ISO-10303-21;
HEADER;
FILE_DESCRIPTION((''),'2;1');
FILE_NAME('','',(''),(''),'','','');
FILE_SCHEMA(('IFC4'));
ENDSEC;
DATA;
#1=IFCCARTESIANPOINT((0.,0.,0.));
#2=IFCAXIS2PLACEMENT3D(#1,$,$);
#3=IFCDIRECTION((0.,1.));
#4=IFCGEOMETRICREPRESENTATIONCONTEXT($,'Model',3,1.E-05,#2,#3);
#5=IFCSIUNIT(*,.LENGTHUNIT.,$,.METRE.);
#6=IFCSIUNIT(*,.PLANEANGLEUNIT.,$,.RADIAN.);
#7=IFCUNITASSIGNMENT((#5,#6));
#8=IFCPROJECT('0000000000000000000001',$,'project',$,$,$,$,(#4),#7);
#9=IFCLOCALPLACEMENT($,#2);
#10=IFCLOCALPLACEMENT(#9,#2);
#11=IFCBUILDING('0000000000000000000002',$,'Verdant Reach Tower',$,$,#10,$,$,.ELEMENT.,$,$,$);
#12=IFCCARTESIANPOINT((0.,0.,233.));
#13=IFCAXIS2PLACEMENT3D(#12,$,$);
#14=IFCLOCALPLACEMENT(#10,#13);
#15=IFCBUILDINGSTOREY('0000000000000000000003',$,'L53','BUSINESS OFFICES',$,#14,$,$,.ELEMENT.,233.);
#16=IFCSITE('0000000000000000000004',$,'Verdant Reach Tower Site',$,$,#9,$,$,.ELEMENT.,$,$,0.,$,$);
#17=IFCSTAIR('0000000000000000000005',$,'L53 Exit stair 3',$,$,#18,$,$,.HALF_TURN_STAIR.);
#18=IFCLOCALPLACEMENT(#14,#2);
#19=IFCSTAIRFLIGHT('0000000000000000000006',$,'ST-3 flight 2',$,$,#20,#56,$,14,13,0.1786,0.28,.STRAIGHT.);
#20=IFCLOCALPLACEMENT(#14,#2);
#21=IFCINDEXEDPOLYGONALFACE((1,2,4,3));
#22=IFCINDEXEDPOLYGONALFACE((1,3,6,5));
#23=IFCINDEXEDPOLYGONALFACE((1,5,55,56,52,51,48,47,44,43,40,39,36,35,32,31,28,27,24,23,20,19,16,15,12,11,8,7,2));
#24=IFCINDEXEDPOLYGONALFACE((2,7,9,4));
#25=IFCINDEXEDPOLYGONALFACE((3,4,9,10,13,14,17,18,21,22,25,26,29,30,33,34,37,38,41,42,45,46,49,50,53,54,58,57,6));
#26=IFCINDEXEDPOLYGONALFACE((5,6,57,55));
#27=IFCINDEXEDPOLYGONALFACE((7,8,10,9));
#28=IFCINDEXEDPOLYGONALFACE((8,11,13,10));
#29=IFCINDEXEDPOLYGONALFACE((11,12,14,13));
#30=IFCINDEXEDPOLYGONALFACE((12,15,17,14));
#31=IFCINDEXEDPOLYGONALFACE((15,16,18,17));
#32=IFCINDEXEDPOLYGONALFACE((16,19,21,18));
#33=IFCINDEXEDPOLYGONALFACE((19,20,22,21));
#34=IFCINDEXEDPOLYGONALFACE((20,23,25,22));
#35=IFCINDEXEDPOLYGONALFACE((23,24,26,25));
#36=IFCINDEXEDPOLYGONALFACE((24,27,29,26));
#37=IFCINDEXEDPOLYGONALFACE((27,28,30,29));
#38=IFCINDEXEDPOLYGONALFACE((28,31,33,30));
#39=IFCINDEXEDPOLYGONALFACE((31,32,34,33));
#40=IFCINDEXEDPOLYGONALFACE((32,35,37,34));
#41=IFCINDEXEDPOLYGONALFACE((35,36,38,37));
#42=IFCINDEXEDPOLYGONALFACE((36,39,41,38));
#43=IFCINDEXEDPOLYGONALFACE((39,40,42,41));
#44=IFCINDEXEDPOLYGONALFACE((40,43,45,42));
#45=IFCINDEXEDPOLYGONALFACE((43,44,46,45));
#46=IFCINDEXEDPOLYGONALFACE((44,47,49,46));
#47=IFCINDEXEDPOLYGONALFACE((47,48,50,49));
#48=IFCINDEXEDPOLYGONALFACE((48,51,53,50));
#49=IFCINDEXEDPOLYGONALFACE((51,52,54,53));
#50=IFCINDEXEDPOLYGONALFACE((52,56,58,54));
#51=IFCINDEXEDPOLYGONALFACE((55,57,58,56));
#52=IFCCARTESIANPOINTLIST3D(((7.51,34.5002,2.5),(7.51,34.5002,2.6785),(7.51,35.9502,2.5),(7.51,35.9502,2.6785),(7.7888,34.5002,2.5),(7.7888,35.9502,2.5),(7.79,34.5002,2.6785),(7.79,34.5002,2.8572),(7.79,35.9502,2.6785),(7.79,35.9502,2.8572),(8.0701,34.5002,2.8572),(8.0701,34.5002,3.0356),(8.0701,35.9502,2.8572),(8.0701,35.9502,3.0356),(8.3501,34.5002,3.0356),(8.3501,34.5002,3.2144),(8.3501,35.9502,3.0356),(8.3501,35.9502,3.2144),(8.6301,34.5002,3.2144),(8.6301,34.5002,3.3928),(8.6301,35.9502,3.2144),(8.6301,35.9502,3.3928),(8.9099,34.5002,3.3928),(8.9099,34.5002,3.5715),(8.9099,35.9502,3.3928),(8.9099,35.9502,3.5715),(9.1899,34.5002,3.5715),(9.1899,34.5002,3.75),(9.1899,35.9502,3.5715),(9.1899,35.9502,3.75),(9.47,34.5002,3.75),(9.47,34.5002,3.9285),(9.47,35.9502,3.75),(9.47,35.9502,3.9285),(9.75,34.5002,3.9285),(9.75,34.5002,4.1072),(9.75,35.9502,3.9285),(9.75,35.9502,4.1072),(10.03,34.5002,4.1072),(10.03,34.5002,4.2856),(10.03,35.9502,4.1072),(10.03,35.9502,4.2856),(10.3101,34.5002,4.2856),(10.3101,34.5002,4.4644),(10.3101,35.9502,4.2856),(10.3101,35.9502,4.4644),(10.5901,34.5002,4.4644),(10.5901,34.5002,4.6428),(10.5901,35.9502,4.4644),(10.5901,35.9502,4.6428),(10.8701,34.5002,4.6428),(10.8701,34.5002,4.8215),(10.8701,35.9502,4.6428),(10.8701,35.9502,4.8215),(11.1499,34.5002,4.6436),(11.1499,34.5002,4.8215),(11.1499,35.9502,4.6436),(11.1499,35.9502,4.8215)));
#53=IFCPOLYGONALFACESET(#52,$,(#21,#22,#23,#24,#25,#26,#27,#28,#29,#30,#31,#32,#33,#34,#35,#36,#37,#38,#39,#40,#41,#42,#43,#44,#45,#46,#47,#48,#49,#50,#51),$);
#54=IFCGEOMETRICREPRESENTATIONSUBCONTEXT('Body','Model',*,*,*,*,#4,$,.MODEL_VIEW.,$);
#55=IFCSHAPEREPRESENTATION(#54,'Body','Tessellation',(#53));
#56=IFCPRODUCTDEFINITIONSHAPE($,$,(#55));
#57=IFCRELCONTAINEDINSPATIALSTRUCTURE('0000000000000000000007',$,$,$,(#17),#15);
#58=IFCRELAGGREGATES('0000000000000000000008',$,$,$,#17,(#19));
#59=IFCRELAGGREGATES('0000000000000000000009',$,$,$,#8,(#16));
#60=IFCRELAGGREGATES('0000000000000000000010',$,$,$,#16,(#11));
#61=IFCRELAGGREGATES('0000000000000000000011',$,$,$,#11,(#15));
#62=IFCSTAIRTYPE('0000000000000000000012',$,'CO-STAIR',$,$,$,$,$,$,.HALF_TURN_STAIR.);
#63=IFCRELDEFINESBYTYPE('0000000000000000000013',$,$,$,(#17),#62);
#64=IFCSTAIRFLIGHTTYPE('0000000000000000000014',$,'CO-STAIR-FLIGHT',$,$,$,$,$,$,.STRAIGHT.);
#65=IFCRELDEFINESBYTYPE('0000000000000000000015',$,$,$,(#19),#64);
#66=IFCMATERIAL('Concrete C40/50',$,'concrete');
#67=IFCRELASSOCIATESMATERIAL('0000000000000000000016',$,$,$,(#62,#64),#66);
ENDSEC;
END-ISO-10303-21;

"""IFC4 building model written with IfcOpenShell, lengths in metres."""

from ifc_helpers import new_model, si_unit, direction, frame, origin, place, context, subcontext, project, spatial, polyline, outline, extrude, material, type_object, element, aggregate, save


model = new_model("IFC4")

# Units and contexts
model_context = context("Model", 3, precision=1e-05, world=origin(), true_north=direction((0.0, 1.0)))
body_context = subcontext(model_context, "Body", "Model", "MODEL_VIEW")
ifc_project = project(units=[si_unit("LENGTHUNIT", "METRE"), si_unit("PLANEANGLEUNIT", "RADIAN")], contexts=[model_context])

# Site, building, storey
site_placement = place(None, origin())
site = spatial("IfcSite", under=ifc_project, at=site_placement, Name="Verdant Reach Tower Site", CompositionType="ELEMENT", RefElevation=0.0)
building_placement = place(site_placement, origin())
building = spatial("IfcBuilding", under=site, at=building_placement, Name="Verdant Reach Tower", CompositionType="ELEMENT")
storey_placement = place(building_placement, frame((0.0, 0.0, 233.0)))
storey = spatial("IfcBuildingStorey", under=building, at=storey_placement, Name="L53", Description="BUSINESS OFFICES", CompositionType="ELEMENT", Elevation=233.0)

# Shared definitions
ifc_material_1 = material(Name="Concrete C40/50", Category="concrete")

# Stair, stair flight
stair_type = type_object("IfcStairType", Name="CO-STAIR", PredefinedType="HALF_TURN_STAIR", material=ifc_material_1)
stair_flight_type = type_object("IfcStairFlightType", Name="CO-STAIR-FLIGHT", PredefinedType="STRAIGHT", material=ifc_material_1)
stair_1_placement = place(storey_placement, origin())
stair_1 = element("IfcStair", 1, at=stair_1_placement, inside=storey, type_object=stair_type, Name="L53 Exit stair 3", PredefinedType="HALF_TURN_STAIR")
stair_flight_1_placement = place(storey_placement, frame((7.51, 35.2251, 2.5), z_axis=(0.0, 0.0, 1.0), x_axis=(1.0, 0.0, 0.0)))
stair_flight_1 = element("IfcStairFlight", 2, at=stair_flight_1_placement, type_object=stair_flight_type, Name="ST-3 flight 2", NumberOfRisers=14, NumberOfTreads=13, PredefinedType="STRAIGHT", RiserHeight=0.1786, TreadLength=0.28, context=body_context, shape_type="SweptSolid", body=[
    extrude(outline(polyline([(0.0, 0.0), (0.0, 0.1785), (0.28, 0.1785), (0.28, 0.3572), (0.5601, 0.3572), (0.5601, 0.5356), (0.8401, 0.5356), (0.8401, 0.7144), (1.1201, 0.7144), (1.1201, 0.8928), (1.3999, 0.8928), (1.3999, 1.0715), (1.6799, 1.0715), (1.6799, 1.25), (1.96, 1.25), (1.96, 1.4285), (2.24, 1.4285), (2.24, 1.6072), (2.52, 1.6072), (2.52, 1.7856), (2.8, 1.7856), (2.8, 1.9644), (3.0801, 1.9644), (3.0801, 2.1428), (3.3601, 2.1428), (3.3601, 2.3215), (3.6399, 2.3215), (3.6399, 2.5), (3.6399, 2.1436), (0.2788, 0.0), (0.0, 0.0)])), frame((0.0, 0.7251, 0.0), z_axis=(0.0, -1.0, 0.0), x_axis=(1.0, 0.0, 0.0)), (0.0, 0.0, 1.0), 1.45),
])
aggregate(stair_1, [stair_flight_1])

save(model, "model.ifc")
